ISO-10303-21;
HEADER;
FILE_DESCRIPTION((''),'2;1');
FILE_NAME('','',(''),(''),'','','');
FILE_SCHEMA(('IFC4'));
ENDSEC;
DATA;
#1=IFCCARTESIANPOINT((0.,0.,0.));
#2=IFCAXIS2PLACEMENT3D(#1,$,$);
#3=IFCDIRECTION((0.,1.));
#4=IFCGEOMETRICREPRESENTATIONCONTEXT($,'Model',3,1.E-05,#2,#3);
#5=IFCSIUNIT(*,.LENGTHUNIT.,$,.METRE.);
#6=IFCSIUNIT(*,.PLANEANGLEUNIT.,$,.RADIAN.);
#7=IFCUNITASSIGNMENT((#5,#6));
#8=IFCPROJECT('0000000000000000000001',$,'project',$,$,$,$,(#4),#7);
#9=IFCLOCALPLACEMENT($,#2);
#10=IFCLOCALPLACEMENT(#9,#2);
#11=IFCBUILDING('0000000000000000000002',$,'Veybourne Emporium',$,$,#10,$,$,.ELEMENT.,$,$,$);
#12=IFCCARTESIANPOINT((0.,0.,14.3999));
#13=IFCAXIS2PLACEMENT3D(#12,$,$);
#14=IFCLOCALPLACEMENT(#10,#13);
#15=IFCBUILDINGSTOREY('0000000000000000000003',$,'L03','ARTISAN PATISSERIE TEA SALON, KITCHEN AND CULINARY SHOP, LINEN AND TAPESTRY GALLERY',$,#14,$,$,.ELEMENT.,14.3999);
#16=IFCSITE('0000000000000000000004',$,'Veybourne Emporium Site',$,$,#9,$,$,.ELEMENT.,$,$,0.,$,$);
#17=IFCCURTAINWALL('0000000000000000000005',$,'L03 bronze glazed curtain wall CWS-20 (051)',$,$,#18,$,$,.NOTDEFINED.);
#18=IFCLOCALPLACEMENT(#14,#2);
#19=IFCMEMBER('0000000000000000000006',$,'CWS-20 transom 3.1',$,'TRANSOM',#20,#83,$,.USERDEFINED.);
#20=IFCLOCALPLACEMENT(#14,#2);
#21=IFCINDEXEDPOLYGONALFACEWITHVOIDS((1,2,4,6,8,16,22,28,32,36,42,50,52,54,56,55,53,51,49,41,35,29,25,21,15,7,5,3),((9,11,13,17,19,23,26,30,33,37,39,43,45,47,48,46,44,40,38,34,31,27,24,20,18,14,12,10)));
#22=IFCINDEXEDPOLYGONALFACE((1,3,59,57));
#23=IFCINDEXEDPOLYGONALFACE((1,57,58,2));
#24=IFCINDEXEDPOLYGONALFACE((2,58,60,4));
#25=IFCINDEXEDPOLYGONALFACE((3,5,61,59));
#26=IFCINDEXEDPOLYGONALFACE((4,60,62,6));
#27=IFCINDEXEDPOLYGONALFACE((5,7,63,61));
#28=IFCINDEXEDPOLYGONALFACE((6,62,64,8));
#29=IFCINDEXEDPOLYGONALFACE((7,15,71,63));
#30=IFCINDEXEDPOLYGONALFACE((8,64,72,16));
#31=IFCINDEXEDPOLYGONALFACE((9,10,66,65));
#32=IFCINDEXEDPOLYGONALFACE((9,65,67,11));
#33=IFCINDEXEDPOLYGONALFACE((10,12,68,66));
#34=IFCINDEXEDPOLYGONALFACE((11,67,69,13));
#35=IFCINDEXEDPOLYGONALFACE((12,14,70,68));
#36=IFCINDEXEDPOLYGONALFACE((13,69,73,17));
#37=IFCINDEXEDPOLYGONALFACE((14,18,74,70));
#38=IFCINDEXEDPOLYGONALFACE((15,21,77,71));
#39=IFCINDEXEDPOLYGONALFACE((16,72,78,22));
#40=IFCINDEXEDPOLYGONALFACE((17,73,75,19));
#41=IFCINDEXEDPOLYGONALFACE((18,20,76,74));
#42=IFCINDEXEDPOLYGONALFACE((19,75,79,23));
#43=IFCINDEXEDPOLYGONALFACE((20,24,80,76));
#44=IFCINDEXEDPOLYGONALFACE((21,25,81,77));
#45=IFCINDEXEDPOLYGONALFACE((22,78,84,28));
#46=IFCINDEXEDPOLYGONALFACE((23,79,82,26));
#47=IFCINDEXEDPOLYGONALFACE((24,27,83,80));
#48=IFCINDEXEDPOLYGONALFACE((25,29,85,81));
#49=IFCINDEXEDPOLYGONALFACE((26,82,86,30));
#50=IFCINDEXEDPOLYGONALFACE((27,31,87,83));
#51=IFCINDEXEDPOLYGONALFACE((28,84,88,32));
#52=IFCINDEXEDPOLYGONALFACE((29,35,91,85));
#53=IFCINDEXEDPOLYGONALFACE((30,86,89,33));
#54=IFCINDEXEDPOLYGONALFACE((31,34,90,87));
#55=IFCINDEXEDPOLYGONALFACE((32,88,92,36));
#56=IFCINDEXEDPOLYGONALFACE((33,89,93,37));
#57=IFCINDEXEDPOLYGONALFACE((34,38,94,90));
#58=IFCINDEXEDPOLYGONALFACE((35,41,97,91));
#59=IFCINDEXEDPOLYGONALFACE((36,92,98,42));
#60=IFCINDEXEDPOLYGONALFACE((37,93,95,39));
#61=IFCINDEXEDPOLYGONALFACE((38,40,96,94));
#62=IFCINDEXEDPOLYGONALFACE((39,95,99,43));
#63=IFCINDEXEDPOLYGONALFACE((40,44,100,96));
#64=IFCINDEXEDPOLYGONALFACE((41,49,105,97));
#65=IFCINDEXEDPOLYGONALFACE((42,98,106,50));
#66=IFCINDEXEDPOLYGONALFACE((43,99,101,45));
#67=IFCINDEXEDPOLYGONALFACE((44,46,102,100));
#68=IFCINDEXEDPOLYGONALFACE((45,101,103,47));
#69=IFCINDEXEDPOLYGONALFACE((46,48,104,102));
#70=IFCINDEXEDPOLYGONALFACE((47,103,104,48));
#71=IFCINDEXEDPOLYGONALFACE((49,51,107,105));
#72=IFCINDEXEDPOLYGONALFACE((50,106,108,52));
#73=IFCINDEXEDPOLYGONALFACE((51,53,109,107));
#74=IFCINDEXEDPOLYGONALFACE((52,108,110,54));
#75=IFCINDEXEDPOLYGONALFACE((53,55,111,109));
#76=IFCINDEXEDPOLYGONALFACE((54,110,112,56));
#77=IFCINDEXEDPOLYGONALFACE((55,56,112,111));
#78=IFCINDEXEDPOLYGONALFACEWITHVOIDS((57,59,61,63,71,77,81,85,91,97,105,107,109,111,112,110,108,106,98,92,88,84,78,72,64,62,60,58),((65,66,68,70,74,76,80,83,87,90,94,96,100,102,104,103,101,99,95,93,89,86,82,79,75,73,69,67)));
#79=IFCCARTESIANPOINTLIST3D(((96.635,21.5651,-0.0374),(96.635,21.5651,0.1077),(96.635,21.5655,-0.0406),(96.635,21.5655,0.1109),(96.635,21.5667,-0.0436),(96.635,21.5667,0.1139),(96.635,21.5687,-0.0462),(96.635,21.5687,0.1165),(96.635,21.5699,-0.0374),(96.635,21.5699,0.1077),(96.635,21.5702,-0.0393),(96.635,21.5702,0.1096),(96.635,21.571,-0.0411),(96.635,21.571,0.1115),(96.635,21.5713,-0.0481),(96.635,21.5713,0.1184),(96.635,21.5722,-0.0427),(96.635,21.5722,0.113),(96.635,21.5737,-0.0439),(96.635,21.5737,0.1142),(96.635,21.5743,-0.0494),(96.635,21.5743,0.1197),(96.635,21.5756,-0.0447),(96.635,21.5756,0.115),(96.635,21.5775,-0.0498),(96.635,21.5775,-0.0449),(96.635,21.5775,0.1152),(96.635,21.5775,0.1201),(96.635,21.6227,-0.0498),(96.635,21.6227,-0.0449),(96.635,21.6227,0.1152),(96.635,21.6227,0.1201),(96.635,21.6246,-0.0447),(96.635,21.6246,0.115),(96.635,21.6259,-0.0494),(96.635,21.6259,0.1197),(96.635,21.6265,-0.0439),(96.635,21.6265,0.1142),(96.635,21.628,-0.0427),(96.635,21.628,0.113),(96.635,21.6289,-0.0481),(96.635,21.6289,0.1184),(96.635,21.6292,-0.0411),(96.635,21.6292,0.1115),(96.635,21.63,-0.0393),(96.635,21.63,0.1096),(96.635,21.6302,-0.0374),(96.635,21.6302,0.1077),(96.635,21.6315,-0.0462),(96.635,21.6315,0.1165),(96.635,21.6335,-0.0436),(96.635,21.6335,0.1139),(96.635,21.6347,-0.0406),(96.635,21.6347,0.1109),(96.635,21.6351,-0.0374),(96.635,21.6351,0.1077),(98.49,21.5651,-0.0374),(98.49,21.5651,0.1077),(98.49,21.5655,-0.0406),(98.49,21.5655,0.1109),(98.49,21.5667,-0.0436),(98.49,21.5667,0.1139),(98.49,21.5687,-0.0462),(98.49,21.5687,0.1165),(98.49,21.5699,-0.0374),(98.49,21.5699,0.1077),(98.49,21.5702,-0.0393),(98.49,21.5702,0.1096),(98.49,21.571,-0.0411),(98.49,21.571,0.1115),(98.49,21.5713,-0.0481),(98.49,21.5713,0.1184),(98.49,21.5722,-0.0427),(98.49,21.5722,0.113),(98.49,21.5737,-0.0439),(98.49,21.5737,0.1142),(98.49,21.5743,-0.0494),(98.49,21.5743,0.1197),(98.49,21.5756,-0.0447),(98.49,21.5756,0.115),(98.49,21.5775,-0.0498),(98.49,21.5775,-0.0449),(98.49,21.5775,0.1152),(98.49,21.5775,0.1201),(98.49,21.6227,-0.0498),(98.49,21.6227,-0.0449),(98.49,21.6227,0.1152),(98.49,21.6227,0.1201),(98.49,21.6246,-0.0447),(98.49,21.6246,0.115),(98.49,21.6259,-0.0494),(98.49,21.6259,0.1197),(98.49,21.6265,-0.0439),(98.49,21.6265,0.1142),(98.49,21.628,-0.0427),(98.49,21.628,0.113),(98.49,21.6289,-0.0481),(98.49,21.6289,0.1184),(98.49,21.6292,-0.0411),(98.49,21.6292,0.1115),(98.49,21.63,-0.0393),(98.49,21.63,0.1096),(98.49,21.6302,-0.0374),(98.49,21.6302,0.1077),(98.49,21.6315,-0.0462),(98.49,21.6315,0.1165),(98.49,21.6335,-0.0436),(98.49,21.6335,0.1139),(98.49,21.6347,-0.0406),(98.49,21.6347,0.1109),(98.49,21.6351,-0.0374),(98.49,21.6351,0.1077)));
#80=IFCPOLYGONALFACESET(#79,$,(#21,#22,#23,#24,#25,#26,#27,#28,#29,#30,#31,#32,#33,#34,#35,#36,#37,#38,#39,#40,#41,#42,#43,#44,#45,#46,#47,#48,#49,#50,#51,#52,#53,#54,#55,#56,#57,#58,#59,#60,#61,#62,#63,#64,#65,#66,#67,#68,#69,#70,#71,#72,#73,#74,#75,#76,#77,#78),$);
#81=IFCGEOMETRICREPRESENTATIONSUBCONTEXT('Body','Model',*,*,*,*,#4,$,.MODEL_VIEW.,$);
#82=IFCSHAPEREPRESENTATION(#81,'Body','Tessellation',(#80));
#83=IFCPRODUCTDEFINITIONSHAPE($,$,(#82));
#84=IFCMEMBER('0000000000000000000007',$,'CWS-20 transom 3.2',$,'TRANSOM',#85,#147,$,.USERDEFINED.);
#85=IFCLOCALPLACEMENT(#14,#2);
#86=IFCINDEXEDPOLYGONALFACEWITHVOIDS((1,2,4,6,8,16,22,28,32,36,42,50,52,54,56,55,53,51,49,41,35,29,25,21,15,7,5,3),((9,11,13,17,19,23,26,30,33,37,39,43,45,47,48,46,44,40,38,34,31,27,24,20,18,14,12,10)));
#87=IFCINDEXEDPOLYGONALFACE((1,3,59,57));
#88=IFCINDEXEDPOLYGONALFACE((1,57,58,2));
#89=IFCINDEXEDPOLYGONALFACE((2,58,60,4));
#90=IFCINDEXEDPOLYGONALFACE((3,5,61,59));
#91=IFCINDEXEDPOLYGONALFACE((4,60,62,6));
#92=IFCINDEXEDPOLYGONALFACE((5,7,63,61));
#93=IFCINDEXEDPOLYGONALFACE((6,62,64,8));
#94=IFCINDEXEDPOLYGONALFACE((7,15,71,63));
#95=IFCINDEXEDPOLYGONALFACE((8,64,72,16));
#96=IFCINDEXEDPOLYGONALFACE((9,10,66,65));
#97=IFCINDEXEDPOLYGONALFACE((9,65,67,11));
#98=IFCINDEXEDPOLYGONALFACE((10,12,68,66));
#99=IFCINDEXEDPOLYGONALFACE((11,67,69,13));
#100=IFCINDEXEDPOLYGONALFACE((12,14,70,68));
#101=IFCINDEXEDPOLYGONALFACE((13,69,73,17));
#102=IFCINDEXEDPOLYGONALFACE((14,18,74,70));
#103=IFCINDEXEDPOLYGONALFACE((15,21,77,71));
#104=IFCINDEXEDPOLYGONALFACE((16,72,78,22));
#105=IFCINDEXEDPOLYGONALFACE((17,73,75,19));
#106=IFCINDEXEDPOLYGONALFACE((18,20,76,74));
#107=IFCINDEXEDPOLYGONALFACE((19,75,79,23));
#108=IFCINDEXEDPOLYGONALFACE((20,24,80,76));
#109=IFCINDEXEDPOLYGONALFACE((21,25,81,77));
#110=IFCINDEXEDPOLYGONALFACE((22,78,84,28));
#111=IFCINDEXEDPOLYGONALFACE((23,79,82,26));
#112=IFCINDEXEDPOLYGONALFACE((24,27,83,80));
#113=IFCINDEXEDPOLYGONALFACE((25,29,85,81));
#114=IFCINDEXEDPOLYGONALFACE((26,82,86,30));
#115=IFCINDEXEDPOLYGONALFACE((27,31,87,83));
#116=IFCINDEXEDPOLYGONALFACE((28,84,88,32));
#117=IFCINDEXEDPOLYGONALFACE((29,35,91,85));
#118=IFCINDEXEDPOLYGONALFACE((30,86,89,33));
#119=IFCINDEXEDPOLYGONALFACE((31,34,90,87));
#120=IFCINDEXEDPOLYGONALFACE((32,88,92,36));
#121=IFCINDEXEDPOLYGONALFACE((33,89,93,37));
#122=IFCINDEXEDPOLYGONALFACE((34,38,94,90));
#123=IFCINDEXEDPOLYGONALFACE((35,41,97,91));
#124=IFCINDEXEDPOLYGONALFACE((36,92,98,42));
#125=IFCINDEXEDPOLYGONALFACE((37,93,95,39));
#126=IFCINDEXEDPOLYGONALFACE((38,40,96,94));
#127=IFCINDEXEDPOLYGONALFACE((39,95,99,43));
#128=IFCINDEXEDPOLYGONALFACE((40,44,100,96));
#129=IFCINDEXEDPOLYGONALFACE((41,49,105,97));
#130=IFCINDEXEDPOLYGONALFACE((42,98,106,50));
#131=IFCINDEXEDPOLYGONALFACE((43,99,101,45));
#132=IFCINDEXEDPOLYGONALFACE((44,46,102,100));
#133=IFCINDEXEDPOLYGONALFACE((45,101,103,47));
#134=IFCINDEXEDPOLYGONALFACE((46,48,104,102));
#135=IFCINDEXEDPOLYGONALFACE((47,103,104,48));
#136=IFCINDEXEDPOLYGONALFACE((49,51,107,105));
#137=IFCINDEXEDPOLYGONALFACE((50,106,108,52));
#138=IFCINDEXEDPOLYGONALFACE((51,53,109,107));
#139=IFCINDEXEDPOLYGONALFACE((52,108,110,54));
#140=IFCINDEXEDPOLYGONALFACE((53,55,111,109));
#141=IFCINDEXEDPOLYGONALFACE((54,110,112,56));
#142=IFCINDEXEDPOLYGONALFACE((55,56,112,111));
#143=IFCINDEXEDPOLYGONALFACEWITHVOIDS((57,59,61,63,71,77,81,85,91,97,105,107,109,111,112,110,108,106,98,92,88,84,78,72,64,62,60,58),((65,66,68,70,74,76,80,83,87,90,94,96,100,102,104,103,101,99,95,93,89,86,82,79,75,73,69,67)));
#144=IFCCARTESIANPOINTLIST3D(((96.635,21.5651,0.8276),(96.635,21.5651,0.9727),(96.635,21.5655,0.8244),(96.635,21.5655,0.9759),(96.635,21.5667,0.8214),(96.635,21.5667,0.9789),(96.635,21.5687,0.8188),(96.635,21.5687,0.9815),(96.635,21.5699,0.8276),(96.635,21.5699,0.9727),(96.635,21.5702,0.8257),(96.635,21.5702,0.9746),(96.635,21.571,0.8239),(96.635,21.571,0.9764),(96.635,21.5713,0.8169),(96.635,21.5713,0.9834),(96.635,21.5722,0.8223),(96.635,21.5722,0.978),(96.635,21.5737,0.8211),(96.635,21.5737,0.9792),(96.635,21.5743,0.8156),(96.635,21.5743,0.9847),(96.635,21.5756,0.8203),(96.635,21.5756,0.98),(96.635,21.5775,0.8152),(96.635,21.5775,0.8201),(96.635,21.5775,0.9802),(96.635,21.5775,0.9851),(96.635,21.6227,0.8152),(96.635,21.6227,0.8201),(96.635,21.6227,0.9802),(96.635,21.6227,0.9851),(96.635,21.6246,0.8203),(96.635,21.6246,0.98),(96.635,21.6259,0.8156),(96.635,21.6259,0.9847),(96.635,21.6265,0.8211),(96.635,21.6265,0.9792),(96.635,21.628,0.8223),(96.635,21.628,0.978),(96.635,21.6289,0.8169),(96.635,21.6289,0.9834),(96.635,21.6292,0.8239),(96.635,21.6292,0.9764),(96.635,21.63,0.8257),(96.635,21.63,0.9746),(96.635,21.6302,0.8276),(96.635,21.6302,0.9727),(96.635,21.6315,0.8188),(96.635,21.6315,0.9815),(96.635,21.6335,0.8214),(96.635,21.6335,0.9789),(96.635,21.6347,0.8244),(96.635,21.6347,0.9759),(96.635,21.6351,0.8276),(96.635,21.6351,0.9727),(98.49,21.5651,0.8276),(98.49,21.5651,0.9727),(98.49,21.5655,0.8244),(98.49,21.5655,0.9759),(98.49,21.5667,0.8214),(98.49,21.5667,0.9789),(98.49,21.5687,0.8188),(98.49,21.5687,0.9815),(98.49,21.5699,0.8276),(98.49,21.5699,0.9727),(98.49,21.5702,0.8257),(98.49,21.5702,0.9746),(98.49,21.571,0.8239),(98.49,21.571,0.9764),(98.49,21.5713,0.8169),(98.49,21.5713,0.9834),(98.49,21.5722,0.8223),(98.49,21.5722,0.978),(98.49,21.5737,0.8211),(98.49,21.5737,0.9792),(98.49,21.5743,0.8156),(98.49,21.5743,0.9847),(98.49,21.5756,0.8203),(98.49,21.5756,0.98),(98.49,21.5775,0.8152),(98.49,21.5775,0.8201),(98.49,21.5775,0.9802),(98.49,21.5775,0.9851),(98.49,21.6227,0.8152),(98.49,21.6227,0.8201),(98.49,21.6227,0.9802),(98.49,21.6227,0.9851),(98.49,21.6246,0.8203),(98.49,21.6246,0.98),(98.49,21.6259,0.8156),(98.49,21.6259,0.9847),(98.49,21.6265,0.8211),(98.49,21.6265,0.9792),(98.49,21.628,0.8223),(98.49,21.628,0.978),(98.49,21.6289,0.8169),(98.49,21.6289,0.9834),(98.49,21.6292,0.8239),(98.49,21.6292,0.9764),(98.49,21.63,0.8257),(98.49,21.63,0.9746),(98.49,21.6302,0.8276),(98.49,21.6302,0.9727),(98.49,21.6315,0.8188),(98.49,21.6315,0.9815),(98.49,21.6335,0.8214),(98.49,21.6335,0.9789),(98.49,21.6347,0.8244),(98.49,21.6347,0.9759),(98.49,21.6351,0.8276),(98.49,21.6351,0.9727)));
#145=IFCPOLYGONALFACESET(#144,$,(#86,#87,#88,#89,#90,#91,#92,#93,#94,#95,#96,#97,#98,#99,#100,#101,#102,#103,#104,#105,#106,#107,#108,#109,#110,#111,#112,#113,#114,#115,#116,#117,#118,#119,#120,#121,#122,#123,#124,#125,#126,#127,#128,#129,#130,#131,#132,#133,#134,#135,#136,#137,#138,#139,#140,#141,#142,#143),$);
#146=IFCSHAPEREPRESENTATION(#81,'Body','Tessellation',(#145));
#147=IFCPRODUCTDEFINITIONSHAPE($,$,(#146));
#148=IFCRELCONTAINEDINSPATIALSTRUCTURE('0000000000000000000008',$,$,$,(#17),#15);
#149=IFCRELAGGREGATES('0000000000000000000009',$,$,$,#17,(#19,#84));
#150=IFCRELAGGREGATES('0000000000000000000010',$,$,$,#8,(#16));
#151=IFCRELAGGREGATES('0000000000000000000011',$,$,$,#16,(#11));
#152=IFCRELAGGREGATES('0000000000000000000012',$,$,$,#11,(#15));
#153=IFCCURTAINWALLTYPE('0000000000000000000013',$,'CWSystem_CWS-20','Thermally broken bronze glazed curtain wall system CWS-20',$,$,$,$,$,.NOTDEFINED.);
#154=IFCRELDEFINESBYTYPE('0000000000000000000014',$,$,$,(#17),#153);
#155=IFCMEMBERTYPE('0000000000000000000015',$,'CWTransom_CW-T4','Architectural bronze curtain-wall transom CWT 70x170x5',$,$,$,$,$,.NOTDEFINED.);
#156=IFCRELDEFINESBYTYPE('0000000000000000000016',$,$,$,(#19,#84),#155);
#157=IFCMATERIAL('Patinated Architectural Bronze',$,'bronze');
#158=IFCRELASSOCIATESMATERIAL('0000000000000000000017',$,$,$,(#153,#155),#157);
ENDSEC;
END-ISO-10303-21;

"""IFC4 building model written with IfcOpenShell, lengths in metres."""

from ifc_helpers import new_model, si_unit, direction, frame, origin, origin_2d, place, context, subcontext, project, spatial, hollow_rectangle, extrude, material, material_profile, profile_set, type_object, element, aggregate, save


model = new_model("IFC4")

# Units and contexts
model_context = context("Model", 3, precision=1e-05, world=origin(), true_north=direction((0.0, 1.0)))
body_context = subcontext(model_context, "Body", "Model", "MODEL_VIEW")
ifc_project = project(units=[si_unit("LENGTHUNIT", "METRE"), si_unit("PLANEANGLEUNIT", "RADIAN")], contexts=[model_context])

# Site, building, storey
site_placement = place(None, origin())
site = spatial("IfcSite", under=ifc_project, at=site_placement, Name="Veybourne Emporium Site", CompositionType="ELEMENT", RefElevation=0.0)
building_placement = place(site_placement, origin())
building = spatial("IfcBuilding", under=site, at=building_placement, Name="Veybourne Emporium", CompositionType="ELEMENT")
storey_placement = place(building_placement, frame((0.0, 0.0, 14.3999)))
storey = spatial("IfcBuildingStorey", under=building, at=storey_placement, Name="L03", Description="ARTISAN PATISSERIE TEA SALON, KITCHEN AND CULINARY SHOP, LINEN AND TAPESTRY GALLERY", CompositionType="ELEMENT", Elevation=14.3999)

# Curtain wall, members
ifc_material_1 = material(Name="Patinated Architectural Bronze", Category="bronze")
curtain_wall_type = type_object("IfcCurtainWallType", Name="CWSystem_CWS-20", Description="Thermally broken bronze glazed curtain wall system CWS-20", PredefinedType="NOTDEFINED", material=ifc_material_1)
curtain_wall_placement = place(storey_placement, origin())
curtain_wall = element("IfcCurtainWall", 1, at=curtain_wall_placement, inside=storey, type_object=curtain_wall_type, Name="L03 bronze glazed curtain wall CWS-20 (051)", PredefinedType="NOTDEFINED")
ifc_material_profile_1 = material_profile(ifc_material_1, hollow_rectangle(XDim=0.0701, YDim=0.1699, WallThickness=0.0049, InnerFilletRadius=0.0076, OuterFilletRadius=0.0125, at=origin_2d()), Name="CWT 70x170x5")
ifc_profile_set_1 = profile_set([ifc_material_profile_1], Name="Patinated Architectural Bronze")
member_type_1 = type_object("IfcMemberType", Name="CWTransom_CW-T4", Description="Architectural bronze curtain-wall transom CWT 70x170x5", PredefinedType="NOTDEFINED", material=ifc_profile_set_1)
member_1_placement = place(storey_placement, frame((96.635, 21.6001, 0.0352), z_axis=(1.0, 0.0, 0.0), x_axis=(0.0, 1.0, 0.0)))
member_1 = element("IfcMember", 2, at=member_1_placement, type_object=member_type_1, Name="CWS-20 transom 3.1", ObjectType="TRANSOM", PredefinedType="USERDEFINED", context=body_context, shape_type="SweptSolid", body=[
    extrude(hollow_rectangle(XDim=0.0701, YDim=0.1699, WallThickness=0.0049, InnerFilletRadius=0.0076, OuterFilletRadius=0.0125, at=origin_2d()), origin(), (0.0, 0.0, 1.0), 1.855),
])
member_2_placement = place(storey_placement, frame((96.635, 21.6001, 0.9001), z_axis=(1.0, 0.0, 0.0), x_axis=(0.0, 1.0, 0.0)))
member_2 = element("IfcMember", 3, at=member_2_placement, type_object=member_type_1, Name="CWS-20 transom 3.2", ObjectType="TRANSOM", PredefinedType="USERDEFINED", context=body_context, shape_type="SweptSolid", body=[
    extrude(hollow_rectangle(XDim=0.0701, YDim=0.1699, WallThickness=0.0049, InnerFilletRadius=0.0076, OuterFilletRadius=0.0125, at=origin_2d()), origin(), (0.0, 0.0, 1.0), 1.855),
])

aggregate(curtain_wall, [member_1, member_2])

save(model, "model.ifc")
